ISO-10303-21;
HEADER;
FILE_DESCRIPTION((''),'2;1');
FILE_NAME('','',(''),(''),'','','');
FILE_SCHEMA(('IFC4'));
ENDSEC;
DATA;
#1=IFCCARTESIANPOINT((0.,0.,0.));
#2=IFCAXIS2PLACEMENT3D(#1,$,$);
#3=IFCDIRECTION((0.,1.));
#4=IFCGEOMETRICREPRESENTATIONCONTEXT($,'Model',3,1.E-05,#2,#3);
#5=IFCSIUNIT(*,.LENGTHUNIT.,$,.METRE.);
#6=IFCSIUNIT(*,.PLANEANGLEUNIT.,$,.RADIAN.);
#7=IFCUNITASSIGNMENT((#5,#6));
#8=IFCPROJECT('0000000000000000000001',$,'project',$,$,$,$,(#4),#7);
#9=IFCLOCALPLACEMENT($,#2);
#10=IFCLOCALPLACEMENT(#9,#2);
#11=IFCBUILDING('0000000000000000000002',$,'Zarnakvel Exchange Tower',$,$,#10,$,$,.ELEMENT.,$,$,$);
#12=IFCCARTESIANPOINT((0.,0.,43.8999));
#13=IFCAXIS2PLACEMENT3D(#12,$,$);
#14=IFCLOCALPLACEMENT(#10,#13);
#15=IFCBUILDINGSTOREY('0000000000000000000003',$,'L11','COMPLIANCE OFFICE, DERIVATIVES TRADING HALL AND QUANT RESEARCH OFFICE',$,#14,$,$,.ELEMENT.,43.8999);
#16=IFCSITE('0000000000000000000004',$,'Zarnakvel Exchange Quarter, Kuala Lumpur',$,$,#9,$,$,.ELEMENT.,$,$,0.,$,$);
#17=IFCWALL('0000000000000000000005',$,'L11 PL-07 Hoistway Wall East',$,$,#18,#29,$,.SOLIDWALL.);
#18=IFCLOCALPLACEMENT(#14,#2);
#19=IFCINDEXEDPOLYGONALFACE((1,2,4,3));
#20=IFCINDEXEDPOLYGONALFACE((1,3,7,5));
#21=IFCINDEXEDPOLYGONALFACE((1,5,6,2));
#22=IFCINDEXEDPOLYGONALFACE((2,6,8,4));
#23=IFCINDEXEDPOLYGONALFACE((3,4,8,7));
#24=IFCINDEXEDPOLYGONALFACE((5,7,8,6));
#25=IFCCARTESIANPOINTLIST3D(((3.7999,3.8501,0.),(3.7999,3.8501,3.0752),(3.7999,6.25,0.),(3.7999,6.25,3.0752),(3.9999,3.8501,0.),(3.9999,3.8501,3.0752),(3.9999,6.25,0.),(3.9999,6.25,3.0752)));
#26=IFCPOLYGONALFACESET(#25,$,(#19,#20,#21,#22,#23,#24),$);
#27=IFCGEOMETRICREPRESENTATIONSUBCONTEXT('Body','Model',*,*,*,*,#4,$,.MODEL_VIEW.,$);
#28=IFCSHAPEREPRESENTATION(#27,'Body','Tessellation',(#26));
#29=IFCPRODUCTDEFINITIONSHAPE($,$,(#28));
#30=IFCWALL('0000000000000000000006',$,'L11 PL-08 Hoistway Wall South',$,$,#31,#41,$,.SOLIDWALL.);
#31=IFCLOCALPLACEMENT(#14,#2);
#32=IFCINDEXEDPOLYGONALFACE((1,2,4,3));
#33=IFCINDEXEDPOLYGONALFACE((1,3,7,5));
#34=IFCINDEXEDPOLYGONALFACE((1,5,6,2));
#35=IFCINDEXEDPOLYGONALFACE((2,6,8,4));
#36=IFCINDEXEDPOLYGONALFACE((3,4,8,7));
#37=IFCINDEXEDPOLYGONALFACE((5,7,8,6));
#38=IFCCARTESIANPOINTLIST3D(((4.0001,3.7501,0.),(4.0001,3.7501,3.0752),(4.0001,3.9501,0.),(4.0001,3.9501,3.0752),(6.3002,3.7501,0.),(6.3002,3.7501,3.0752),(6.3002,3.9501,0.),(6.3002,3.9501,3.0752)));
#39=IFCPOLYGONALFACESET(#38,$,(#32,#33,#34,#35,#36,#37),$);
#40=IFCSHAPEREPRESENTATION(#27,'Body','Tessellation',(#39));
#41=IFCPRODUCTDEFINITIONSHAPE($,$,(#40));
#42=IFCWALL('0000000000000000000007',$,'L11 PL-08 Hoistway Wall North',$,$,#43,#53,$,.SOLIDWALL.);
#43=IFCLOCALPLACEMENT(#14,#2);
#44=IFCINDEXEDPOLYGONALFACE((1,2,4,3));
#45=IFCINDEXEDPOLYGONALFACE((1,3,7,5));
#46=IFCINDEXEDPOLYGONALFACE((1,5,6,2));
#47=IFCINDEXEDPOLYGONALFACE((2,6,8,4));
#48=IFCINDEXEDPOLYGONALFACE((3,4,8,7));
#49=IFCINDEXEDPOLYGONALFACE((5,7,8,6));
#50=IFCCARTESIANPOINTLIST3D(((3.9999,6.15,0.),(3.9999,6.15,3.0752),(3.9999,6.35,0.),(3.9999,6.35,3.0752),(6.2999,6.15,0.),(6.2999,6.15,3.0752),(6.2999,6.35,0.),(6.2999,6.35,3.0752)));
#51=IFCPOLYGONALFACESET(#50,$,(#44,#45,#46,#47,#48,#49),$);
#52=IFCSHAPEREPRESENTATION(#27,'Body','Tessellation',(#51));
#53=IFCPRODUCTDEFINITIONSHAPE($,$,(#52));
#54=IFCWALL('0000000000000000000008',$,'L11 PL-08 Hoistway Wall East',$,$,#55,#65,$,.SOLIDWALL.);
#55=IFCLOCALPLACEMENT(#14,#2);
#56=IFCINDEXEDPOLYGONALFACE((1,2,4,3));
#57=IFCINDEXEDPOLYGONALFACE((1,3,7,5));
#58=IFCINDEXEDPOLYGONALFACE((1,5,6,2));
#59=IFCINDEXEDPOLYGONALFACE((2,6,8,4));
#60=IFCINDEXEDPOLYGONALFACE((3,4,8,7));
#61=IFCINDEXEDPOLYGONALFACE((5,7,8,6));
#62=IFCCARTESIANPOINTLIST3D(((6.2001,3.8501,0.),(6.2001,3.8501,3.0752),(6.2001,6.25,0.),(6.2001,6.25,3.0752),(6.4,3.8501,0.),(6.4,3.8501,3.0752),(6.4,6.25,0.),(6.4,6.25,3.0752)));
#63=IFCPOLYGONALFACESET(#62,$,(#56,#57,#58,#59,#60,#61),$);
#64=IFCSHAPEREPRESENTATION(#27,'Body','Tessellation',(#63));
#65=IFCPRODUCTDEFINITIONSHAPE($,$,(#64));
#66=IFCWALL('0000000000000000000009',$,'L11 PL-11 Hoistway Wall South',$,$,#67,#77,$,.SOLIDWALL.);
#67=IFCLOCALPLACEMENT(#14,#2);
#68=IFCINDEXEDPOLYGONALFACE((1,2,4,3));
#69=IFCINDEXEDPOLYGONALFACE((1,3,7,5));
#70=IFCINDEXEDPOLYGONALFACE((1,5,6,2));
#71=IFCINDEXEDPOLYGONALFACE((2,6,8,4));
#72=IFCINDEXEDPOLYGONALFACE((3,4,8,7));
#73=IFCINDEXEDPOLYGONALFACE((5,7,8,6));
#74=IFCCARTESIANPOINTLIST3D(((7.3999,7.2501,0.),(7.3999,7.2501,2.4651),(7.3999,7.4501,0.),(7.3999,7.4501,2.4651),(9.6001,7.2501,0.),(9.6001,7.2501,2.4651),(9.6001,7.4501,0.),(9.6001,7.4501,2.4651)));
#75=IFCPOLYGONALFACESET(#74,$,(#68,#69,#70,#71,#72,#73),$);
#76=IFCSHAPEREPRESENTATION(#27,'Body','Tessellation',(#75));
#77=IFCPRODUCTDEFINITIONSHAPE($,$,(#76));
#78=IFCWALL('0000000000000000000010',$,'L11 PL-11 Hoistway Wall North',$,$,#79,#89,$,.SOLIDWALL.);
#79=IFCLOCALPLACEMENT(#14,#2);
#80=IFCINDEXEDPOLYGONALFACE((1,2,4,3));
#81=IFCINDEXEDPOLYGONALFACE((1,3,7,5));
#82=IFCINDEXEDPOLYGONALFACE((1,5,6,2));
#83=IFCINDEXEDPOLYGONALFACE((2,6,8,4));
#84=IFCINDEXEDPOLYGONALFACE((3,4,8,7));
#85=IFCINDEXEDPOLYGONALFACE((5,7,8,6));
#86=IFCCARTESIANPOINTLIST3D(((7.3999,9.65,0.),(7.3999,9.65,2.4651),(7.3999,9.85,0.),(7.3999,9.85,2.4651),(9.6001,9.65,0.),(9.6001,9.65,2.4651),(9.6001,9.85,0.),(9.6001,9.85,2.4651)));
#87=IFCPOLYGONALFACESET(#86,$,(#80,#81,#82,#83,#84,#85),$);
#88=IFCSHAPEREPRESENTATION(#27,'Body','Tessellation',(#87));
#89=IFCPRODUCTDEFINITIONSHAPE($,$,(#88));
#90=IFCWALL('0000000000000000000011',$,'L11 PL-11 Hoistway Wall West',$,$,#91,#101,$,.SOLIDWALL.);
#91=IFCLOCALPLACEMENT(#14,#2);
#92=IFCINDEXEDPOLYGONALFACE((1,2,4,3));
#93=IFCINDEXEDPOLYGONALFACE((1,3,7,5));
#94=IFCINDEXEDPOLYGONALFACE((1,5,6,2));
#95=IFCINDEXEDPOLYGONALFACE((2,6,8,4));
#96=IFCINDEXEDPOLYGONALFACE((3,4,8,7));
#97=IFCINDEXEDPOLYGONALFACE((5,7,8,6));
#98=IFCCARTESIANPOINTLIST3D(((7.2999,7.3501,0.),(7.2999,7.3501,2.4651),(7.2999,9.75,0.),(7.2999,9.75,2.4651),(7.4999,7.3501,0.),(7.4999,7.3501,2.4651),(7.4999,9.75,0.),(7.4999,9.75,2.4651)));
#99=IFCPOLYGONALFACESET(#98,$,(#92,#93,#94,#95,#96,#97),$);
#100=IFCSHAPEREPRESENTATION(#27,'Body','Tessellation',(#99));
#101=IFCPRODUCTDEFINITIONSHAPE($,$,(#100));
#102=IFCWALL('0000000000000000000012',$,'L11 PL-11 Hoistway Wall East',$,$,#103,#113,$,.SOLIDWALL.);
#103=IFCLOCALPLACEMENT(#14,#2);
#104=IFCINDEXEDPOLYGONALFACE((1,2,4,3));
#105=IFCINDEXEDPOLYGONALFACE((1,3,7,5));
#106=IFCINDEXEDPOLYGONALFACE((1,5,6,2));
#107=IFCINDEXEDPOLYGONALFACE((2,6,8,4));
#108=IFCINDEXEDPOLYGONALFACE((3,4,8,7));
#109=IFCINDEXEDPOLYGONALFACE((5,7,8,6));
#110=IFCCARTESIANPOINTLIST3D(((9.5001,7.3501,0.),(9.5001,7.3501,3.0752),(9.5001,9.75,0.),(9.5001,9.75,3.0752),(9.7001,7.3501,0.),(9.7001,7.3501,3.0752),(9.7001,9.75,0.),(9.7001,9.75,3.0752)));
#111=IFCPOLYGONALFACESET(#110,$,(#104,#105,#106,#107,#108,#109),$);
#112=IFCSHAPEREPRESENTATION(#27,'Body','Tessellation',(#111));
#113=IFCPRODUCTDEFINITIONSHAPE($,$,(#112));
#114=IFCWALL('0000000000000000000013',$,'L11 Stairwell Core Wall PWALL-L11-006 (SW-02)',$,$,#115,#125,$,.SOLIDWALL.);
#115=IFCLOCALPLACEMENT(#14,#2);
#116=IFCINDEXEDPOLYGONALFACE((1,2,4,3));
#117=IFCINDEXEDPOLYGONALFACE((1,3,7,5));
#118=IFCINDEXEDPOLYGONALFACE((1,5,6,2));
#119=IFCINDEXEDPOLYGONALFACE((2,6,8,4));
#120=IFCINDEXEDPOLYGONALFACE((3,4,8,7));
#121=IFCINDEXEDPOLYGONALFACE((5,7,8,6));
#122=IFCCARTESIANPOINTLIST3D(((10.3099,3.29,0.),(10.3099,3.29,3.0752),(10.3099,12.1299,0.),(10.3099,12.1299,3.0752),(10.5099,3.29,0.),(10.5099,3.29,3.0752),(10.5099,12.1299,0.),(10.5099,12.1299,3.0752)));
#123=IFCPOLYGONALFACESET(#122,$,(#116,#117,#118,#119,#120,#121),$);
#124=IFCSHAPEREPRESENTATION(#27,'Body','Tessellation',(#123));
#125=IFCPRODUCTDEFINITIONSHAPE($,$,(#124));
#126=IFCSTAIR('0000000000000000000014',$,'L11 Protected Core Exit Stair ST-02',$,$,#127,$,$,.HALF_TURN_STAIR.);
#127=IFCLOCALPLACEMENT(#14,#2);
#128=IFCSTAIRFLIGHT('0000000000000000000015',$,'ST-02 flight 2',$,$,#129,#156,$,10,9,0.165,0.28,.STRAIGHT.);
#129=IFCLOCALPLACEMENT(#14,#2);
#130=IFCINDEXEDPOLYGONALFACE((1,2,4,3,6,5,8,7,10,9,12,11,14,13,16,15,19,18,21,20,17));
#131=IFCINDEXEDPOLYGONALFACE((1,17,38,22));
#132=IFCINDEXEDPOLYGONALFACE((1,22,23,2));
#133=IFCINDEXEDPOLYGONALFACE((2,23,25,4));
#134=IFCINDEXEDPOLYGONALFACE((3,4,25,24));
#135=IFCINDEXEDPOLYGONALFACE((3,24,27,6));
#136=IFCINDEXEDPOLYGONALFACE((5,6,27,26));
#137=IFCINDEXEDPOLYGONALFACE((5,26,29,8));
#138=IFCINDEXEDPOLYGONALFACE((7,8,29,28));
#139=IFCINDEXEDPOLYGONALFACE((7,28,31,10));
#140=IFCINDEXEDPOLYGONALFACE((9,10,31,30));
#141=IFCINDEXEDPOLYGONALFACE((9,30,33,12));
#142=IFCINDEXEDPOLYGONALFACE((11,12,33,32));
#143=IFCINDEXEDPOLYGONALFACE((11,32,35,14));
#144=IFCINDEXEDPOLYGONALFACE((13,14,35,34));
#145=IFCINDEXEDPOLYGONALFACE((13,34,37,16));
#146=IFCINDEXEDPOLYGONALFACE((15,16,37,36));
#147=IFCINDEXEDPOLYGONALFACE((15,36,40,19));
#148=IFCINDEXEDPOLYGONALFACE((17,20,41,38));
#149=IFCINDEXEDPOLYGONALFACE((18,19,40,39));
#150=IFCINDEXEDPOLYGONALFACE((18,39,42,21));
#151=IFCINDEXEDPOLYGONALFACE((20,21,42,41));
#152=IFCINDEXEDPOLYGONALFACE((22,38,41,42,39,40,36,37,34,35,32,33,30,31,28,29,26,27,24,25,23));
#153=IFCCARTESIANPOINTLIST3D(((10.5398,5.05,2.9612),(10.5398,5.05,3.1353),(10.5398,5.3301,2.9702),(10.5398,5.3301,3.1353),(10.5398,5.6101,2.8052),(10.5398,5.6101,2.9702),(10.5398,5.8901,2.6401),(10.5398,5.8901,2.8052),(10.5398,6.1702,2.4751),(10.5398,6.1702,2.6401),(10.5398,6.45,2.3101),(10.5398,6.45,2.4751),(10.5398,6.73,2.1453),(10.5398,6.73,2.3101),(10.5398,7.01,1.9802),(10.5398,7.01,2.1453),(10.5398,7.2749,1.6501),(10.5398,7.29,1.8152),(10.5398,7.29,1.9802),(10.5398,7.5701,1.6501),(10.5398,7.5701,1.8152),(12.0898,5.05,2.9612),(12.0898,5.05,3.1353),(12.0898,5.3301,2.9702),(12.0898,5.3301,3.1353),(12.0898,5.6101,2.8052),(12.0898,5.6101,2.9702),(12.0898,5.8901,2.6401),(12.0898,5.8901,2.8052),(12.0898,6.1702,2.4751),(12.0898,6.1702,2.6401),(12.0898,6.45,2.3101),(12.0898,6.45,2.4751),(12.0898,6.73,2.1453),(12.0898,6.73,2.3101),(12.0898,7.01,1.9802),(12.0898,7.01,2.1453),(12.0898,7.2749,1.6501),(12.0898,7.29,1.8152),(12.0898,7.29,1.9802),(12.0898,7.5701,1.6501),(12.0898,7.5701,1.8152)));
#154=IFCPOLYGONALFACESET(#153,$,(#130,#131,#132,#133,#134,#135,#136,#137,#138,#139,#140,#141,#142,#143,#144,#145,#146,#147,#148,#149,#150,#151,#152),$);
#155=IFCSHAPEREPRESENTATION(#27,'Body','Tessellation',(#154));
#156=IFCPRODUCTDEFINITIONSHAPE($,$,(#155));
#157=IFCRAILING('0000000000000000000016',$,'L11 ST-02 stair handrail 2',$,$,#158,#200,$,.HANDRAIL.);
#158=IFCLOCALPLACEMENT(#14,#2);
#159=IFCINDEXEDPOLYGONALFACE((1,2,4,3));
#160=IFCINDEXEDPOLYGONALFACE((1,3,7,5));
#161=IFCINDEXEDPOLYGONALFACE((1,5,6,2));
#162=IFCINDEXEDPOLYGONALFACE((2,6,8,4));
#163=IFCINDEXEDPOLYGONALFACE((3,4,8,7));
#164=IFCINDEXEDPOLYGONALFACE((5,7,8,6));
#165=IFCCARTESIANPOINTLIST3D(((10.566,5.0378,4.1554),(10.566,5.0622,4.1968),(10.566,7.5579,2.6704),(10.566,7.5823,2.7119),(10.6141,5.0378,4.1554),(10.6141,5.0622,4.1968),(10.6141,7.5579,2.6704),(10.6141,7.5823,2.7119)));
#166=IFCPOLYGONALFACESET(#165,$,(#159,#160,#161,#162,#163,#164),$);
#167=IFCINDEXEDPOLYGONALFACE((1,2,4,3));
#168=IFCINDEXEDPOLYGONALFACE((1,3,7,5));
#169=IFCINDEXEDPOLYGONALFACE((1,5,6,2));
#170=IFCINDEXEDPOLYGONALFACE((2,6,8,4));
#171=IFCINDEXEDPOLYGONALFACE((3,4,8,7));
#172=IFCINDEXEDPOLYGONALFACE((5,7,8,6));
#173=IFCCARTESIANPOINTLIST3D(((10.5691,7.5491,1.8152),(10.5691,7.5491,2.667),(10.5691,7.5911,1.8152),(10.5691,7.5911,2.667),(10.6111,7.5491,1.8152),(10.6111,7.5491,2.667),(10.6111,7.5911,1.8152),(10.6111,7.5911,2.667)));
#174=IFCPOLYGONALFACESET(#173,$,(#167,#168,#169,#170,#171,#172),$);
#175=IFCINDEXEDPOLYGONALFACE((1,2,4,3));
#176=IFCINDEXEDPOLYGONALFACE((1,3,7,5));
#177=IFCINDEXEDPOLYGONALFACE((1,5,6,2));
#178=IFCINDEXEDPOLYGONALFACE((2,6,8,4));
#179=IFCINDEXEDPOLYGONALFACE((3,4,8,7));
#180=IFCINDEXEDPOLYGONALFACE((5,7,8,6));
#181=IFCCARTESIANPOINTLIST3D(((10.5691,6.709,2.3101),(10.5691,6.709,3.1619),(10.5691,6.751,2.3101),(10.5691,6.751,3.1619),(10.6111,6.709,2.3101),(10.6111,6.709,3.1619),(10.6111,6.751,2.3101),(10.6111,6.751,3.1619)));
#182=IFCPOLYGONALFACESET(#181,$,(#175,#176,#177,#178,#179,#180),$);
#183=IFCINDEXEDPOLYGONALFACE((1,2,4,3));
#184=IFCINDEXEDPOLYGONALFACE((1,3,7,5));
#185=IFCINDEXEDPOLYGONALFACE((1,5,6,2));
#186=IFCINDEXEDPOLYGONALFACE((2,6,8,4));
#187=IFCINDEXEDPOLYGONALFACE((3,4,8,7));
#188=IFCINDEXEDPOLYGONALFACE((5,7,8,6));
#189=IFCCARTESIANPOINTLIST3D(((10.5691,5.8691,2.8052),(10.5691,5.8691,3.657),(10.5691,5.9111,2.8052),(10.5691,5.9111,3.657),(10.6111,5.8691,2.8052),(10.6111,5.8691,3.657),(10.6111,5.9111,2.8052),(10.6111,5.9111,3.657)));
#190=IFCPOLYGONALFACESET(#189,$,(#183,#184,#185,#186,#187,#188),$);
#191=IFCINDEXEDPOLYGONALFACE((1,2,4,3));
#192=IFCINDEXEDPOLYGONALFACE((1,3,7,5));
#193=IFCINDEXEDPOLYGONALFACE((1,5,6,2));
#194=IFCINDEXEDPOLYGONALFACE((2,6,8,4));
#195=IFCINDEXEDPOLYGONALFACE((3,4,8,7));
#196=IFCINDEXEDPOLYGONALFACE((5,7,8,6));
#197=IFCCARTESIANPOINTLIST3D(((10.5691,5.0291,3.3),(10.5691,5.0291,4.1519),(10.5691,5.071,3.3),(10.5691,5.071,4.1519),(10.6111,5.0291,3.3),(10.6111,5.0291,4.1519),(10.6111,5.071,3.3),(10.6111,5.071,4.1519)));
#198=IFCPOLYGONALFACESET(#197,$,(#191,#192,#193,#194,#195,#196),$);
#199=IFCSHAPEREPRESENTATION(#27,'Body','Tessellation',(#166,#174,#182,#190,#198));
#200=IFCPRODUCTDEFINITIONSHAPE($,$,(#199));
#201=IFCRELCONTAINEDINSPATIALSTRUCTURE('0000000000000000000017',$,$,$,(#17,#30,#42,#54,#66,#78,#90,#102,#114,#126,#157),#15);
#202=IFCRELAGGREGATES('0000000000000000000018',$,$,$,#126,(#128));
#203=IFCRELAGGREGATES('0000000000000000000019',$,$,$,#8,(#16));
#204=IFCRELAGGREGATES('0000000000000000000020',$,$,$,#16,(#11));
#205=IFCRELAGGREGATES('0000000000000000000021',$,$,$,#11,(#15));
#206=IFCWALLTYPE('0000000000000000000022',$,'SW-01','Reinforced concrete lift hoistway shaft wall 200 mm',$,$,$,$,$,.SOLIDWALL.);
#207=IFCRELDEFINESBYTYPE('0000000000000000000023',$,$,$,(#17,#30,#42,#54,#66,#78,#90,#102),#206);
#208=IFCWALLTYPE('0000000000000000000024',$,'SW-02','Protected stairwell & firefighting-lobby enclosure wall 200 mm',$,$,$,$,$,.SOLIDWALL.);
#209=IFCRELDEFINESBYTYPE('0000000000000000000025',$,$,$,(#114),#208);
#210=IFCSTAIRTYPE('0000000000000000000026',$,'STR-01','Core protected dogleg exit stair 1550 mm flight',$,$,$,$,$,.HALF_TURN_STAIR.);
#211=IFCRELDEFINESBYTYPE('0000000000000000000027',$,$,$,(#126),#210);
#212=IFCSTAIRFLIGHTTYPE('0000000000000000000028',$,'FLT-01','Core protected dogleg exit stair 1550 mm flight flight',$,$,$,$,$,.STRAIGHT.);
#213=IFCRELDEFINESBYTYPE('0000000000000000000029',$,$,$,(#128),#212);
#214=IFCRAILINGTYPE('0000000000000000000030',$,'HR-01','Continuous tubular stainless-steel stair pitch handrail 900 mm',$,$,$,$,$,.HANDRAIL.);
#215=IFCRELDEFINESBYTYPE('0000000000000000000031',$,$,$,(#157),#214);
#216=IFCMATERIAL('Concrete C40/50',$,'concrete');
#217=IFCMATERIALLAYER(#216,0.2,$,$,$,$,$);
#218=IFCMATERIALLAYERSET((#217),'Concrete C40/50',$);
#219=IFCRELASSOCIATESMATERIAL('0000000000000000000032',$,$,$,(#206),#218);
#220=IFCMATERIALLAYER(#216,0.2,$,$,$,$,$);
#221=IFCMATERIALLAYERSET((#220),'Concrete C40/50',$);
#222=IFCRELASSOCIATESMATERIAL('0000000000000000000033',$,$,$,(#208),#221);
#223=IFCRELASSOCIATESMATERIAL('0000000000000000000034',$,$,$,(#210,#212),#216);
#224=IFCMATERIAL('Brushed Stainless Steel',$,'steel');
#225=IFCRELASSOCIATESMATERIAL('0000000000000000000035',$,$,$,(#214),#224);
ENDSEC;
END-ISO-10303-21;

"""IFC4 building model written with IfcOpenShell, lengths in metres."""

from ifc_helpers import new_model, si_unit, direction, frame, frame_2d, origin, origin_2d, place, context, subcontext, project, spatial, polyline, rectangle, outline, extrude, material, layer, layer_set, type_object, element, aggregate, save


model = new_model("IFC4")

# Units and contexts
model_context = context("Model", 3, precision=1e-05, world=origin(), true_north=direction((0.0, 1.0)))
body_context = subcontext(model_context, "Body", "Model", "MODEL_VIEW")
ifc_project = project(units=[si_unit("LENGTHUNIT", "METRE"), si_unit("PLANEANGLEUNIT", "RADIAN")], contexts=[model_context])

# Site, building, storey
site_placement = place(None, origin())
site = spatial("IfcSite", under=ifc_project, at=site_placement, Name="Zarnakvel Exchange Quarter, Kuala Lumpur", CompositionType="ELEMENT", RefElevation=0.0)
building_placement = place(site_placement, origin())
building = spatial("IfcBuilding", under=site, at=building_placement, Name="Zarnakvel Exchange Tower", CompositionType="ELEMENT")
storey_placement = place(building_placement, frame((0.0, 0.0, 43.8999)))
storey = spatial("IfcBuildingStorey", under=building, at=storey_placement, Name="L11", Description="COMPLIANCE OFFICE, DERIVATIVES TRADING HALL AND QUANT RESEARCH OFFICE", CompositionType="ELEMENT", Elevation=43.8999)

# Shared definitions
ifc_material_1 = material(Name="Concrete C40/50", Category="concrete")
ifc_layer_1 = layer(ifc_material_1, 0.2)
ifc_layer_set_1 = layer_set([ifc_layer_1], Name="Concrete C40/50")
wall_type_1 = type_object("IfcWallType", Name="SW-01", Description="Reinforced concrete lift hoistway shaft wall 200 mm", PredefinedType="SOLIDWALL", material=ifc_layer_set_1)
ifc_material_2 = material(Name="Brushed Stainless Steel", Category="steel")

# Walls
for number, where, z_axis, x_axis, name in (
    (1, (3.8999, 6.25, 0.0), (0.0, 0.0, 1.0), (0.0, -1.0, 0.0), "L11 PL-07 Hoistway Wall East"),
):
    element("IfcWall", number, at=place(storey_placement, frame(where, z_axis=z_axis, x_axis=x_axis)), inside=storey, type_object=wall_type_1, Name=name, PredefinedType="SOLIDWALL", context=body_context, shape_type="SweptSolid", body=[
        extrude(rectangle(XDim=2.3999, YDim=0.2, at=frame_2d((1.2, 0.0))), origin(), (0.0, 0.0, 1.0), 3.0752),
    ])
for number, where, z_axis, x_axis, name in (
    (2, (6.3, 3.8501, 0.0), (0.0, 0.0, 1.0), (-1.0, 0.0, 0.0), "L11 PL-08 Hoistway Wall South"),
    (3, (4.0, 6.25, 0.0), (0.0, 0.0, 1.0), (1.0, 0.0, 0.0), "L11 PL-08 Hoistway Wall North"),
):
    element("IfcWall", number, at=place(storey_placement, frame(where, z_axis=z_axis, x_axis=x_axis)), inside=storey, type_object=wall_type_1, Name=name, PredefinedType="SOLIDWALL", context=body_context, shape_type="SweptSolid", body=[
        extrude(rectangle(XDim=2.3, YDim=0.2, at=frame_2d((1.1499, 0.0))), origin(), (0.0, 0.0, 1.0), 3.0752),
    ])
wall_1_placement = place(storey_placement, frame((6.3, 6.25, 0.0), z_axis=(0.0, 0.0, 1.0), x_axis=(0.0, -1.0, 0.0)))
element("IfcWall", 4, at=wall_1_placement, inside=storey, type_object=wall_type_1, Name="L11 PL-08 Hoistway Wall East", PredefinedType="SOLIDWALL", context=body_context, shape_type="SweptSolid", body=[
    extrude(rectangle(XDim=2.3999, YDim=0.2, at=frame_2d((1.2, 0.0))), origin(), (0.0, 0.0, 1.0), 3.0752),
])
for number, where, z_axis, x_axis, name in (
    (5, (9.6001, 7.3501, 0.0), (0.0, 0.0, 1.0), (-1.0, 0.0, 0.0), "L11 PL-11 Hoistway Wall South"),
    (6, (7.3999, 9.75, 0.0), (0.0, 0.0, 1.0), (1.0, 0.0, 0.0), "L11 PL-11 Hoistway Wall North"),
):
    element("IfcWall", number, at=place(storey_placement, frame(where, z_axis=z_axis, x_axis=x_axis)), inside=storey, type_object=wall_type_1, Name=name, PredefinedType="SOLIDWALL", context=body_context, shape_type="SweptSolid", body=[
        extrude(rectangle(XDim=2.2002, YDim=0.2, at=frame_2d((1.1001, 0.0))), origin(), (0.0, 0.0, 1.0), 2.4651),
    ])
wall_2_placement = place(storey_placement, frame((7.3999, 7.3501, 0.0), z_axis=(0.0, 0.0, 1.0), x_axis=(0.0, 1.0, 0.0)))
element("IfcWall", 7, at=wall_2_placement, inside=storey, type_object=wall_type_1, Name="L11 PL-11 Hoistway Wall West", PredefinedType="SOLIDWALL", context=body_context, shape_type="SweptSolid", body=[
    extrude(rectangle(XDim=2.3999, YDim=0.2, at=frame_2d((1.2, 0.0))), origin(), (0.0, 0.0, 1.0), 2.4651),
])
wall_3_placement = place(storey_placement, frame((9.6001, 9.75, 0.0), z_axis=(0.0, 0.0, 1.0), x_axis=(0.0, -1.0, 0.0)))
element("IfcWall", 8, at=wall_3_placement, inside=storey, type_object=wall_type_1, Name="L11 PL-11 Hoistway Wall East", PredefinedType="SOLIDWALL", context=body_context, shape_type="SweptSolid", body=[
    extrude(rectangle(XDim=2.3999, YDim=0.2, at=frame_2d((1.2, 0.0))), origin(), (0.0, 0.0, 1.0), 3.0752),
])
ifc_layer_2 = layer(ifc_material_1, 0.2)
ifc_layer_set_2 = layer_set([ifc_layer_2], Name="Concrete C40/50")
wall_type_2 = type_object("IfcWallType", Name="SW-02", Description="Protected stairwell & firefighting-lobby enclosure wall 200 mm", PredefinedType="SOLIDWALL", material=ifc_layer_set_2)
wall_4_placement = place(storey_placement, frame((10.4099, 3.29, 0.0), z_axis=(0.0, 0.0, 1.0), x_axis=(0.0, 1.0, 0.0)))
element("IfcWall", 9, at=wall_4_placement, inside=storey, type_object=wall_type_2, Name="L11 Stairwell Core Wall PWALL-L11-006 (SW-02)", PredefinedType="SOLIDWALL", context=body_context, shape_type="SweptSolid", body=[
    extrude(rectangle(XDim=8.8398, YDim=0.2, at=frame_2d((4.4199, 0.0))), origin(), (0.0, 0.0, 1.0), 3.0752),
])

# Stair, stair flight
stair_type = type_object("IfcStairType", Name="STR-01", Description="Core protected dogleg exit stair 1550 mm flight", PredefinedType="HALF_TURN_STAIR", material=ifc_material_1)
stair_placement = place(storey_placement, origin())
stair = element("IfcStair", 10, at=stair_placement, inside=storey, type_object=stair_type, Name="L11 Protected Core Exit Stair ST-02", PredefinedType="HALF_TURN_STAIR")
stair_flight_type = type_object("IfcStairFlightType", Name="FLT-01", Description="Core protected dogleg exit stair 1550 mm flight flight", PredefinedType="STRAIGHT", material=ifc_material_1)
stair_flight_placement = place(storey_placement, frame((11.3149, 7.5701, 1.6501), z_axis=(0.0, 0.0, 1.0), x_axis=(0.0, -1.0, 0.0)))
stair_flight = element("IfcStairFlight", 11, at=stair_flight_placement, type_object=stair_flight_type, Name="ST-02 flight 2", NumberOfRisers=10, NumberOfTreads=9, PredefinedType="STRAIGHT", RiserHeight=0.165, TreadLength=0.28, context=body_context, shape_type="SweptSolid", body=[
    extrude(outline(polyline([(0.0, 0.0), (0.0, 0.165), (0.28, 0.165), (0.28, 0.3301), (0.5601, 0.3301), (0.5601, 0.4951), (0.8401, 0.4951), (0.8401, 0.6599), (1.1201, 0.6599), (1.1201, 0.825), (1.3999, 0.825), (1.3999, 0.99), (1.6799, 0.99), (1.6799, 1.155), (1.96, 1.155), (1.96, 1.3201), (2.24, 1.3201), (2.24, 1.4851), (2.52, 1.4851), (2.52, 1.6499), (2.52, 1.311), (0.2952, 0.0), (0.0, 0.0)])), frame((0.0, 0.7749, 0.0), z_axis=(0.0, -1.0, 0.0), x_axis=(1.0, 0.0, 0.0)), (0.0, 0.0, 1.0), 1.55),
])
aggregate(stair, [stair_flight])

# Railing
railing_type_1 = type_object("IfcRailingType", Name="HR-01", Description="Continuous tubular stainless-steel stair pitch handrail 900 mm", PredefinedType="HANDRAIL", material=ifc_material_2)
railing_1_placement = place(storey_placement, frame((10.5901, 7.5701, 1.8152)))
element("IfcRailing", 12, at=railing_1_placement, inside=storey, type_object=railing_type_1, Name="L11 ST-02 stair handrail 2", PredefinedType="HANDRAIL", context=body_context, shape_type="SweptSolid", body=[
    extrude(rectangle(XDim=0.0481, YDim=0.0481, at=origin_2d()), frame((0.0, 0.0, 0.876), z_axis=(0.0, -0.861561, 0.507655), x_axis=(1.0, 0.0, 0.0)), (0.0, 0.0, 1.0), 2.925),
    extrude(rectangle(XDim=0.042, YDim=0.042, at=origin_2d()), origin(), (0.0, 0.0, 1.0), 0.8518),
    extrude(rectangle(XDim=0.042, YDim=0.042, at=origin_2d()), frame((0.0, -0.8401, 0.4949)), (0.0, 0.0, 1.0), 0.8518),
    extrude(rectangle(XDim=0.042, YDim=0.042, at=origin_2d()), frame((0.0, -1.6799, 0.99)), (0.0, 0.0, 1.0), 0.8518),
    extrude(rectangle(XDim=0.042, YDim=0.042, at=origin_2d()), frame((0.0, -2.52, 1.4849)), (0.0, 0.0, 1.0), 0.8518),
])

save(model, "model.ifc")
